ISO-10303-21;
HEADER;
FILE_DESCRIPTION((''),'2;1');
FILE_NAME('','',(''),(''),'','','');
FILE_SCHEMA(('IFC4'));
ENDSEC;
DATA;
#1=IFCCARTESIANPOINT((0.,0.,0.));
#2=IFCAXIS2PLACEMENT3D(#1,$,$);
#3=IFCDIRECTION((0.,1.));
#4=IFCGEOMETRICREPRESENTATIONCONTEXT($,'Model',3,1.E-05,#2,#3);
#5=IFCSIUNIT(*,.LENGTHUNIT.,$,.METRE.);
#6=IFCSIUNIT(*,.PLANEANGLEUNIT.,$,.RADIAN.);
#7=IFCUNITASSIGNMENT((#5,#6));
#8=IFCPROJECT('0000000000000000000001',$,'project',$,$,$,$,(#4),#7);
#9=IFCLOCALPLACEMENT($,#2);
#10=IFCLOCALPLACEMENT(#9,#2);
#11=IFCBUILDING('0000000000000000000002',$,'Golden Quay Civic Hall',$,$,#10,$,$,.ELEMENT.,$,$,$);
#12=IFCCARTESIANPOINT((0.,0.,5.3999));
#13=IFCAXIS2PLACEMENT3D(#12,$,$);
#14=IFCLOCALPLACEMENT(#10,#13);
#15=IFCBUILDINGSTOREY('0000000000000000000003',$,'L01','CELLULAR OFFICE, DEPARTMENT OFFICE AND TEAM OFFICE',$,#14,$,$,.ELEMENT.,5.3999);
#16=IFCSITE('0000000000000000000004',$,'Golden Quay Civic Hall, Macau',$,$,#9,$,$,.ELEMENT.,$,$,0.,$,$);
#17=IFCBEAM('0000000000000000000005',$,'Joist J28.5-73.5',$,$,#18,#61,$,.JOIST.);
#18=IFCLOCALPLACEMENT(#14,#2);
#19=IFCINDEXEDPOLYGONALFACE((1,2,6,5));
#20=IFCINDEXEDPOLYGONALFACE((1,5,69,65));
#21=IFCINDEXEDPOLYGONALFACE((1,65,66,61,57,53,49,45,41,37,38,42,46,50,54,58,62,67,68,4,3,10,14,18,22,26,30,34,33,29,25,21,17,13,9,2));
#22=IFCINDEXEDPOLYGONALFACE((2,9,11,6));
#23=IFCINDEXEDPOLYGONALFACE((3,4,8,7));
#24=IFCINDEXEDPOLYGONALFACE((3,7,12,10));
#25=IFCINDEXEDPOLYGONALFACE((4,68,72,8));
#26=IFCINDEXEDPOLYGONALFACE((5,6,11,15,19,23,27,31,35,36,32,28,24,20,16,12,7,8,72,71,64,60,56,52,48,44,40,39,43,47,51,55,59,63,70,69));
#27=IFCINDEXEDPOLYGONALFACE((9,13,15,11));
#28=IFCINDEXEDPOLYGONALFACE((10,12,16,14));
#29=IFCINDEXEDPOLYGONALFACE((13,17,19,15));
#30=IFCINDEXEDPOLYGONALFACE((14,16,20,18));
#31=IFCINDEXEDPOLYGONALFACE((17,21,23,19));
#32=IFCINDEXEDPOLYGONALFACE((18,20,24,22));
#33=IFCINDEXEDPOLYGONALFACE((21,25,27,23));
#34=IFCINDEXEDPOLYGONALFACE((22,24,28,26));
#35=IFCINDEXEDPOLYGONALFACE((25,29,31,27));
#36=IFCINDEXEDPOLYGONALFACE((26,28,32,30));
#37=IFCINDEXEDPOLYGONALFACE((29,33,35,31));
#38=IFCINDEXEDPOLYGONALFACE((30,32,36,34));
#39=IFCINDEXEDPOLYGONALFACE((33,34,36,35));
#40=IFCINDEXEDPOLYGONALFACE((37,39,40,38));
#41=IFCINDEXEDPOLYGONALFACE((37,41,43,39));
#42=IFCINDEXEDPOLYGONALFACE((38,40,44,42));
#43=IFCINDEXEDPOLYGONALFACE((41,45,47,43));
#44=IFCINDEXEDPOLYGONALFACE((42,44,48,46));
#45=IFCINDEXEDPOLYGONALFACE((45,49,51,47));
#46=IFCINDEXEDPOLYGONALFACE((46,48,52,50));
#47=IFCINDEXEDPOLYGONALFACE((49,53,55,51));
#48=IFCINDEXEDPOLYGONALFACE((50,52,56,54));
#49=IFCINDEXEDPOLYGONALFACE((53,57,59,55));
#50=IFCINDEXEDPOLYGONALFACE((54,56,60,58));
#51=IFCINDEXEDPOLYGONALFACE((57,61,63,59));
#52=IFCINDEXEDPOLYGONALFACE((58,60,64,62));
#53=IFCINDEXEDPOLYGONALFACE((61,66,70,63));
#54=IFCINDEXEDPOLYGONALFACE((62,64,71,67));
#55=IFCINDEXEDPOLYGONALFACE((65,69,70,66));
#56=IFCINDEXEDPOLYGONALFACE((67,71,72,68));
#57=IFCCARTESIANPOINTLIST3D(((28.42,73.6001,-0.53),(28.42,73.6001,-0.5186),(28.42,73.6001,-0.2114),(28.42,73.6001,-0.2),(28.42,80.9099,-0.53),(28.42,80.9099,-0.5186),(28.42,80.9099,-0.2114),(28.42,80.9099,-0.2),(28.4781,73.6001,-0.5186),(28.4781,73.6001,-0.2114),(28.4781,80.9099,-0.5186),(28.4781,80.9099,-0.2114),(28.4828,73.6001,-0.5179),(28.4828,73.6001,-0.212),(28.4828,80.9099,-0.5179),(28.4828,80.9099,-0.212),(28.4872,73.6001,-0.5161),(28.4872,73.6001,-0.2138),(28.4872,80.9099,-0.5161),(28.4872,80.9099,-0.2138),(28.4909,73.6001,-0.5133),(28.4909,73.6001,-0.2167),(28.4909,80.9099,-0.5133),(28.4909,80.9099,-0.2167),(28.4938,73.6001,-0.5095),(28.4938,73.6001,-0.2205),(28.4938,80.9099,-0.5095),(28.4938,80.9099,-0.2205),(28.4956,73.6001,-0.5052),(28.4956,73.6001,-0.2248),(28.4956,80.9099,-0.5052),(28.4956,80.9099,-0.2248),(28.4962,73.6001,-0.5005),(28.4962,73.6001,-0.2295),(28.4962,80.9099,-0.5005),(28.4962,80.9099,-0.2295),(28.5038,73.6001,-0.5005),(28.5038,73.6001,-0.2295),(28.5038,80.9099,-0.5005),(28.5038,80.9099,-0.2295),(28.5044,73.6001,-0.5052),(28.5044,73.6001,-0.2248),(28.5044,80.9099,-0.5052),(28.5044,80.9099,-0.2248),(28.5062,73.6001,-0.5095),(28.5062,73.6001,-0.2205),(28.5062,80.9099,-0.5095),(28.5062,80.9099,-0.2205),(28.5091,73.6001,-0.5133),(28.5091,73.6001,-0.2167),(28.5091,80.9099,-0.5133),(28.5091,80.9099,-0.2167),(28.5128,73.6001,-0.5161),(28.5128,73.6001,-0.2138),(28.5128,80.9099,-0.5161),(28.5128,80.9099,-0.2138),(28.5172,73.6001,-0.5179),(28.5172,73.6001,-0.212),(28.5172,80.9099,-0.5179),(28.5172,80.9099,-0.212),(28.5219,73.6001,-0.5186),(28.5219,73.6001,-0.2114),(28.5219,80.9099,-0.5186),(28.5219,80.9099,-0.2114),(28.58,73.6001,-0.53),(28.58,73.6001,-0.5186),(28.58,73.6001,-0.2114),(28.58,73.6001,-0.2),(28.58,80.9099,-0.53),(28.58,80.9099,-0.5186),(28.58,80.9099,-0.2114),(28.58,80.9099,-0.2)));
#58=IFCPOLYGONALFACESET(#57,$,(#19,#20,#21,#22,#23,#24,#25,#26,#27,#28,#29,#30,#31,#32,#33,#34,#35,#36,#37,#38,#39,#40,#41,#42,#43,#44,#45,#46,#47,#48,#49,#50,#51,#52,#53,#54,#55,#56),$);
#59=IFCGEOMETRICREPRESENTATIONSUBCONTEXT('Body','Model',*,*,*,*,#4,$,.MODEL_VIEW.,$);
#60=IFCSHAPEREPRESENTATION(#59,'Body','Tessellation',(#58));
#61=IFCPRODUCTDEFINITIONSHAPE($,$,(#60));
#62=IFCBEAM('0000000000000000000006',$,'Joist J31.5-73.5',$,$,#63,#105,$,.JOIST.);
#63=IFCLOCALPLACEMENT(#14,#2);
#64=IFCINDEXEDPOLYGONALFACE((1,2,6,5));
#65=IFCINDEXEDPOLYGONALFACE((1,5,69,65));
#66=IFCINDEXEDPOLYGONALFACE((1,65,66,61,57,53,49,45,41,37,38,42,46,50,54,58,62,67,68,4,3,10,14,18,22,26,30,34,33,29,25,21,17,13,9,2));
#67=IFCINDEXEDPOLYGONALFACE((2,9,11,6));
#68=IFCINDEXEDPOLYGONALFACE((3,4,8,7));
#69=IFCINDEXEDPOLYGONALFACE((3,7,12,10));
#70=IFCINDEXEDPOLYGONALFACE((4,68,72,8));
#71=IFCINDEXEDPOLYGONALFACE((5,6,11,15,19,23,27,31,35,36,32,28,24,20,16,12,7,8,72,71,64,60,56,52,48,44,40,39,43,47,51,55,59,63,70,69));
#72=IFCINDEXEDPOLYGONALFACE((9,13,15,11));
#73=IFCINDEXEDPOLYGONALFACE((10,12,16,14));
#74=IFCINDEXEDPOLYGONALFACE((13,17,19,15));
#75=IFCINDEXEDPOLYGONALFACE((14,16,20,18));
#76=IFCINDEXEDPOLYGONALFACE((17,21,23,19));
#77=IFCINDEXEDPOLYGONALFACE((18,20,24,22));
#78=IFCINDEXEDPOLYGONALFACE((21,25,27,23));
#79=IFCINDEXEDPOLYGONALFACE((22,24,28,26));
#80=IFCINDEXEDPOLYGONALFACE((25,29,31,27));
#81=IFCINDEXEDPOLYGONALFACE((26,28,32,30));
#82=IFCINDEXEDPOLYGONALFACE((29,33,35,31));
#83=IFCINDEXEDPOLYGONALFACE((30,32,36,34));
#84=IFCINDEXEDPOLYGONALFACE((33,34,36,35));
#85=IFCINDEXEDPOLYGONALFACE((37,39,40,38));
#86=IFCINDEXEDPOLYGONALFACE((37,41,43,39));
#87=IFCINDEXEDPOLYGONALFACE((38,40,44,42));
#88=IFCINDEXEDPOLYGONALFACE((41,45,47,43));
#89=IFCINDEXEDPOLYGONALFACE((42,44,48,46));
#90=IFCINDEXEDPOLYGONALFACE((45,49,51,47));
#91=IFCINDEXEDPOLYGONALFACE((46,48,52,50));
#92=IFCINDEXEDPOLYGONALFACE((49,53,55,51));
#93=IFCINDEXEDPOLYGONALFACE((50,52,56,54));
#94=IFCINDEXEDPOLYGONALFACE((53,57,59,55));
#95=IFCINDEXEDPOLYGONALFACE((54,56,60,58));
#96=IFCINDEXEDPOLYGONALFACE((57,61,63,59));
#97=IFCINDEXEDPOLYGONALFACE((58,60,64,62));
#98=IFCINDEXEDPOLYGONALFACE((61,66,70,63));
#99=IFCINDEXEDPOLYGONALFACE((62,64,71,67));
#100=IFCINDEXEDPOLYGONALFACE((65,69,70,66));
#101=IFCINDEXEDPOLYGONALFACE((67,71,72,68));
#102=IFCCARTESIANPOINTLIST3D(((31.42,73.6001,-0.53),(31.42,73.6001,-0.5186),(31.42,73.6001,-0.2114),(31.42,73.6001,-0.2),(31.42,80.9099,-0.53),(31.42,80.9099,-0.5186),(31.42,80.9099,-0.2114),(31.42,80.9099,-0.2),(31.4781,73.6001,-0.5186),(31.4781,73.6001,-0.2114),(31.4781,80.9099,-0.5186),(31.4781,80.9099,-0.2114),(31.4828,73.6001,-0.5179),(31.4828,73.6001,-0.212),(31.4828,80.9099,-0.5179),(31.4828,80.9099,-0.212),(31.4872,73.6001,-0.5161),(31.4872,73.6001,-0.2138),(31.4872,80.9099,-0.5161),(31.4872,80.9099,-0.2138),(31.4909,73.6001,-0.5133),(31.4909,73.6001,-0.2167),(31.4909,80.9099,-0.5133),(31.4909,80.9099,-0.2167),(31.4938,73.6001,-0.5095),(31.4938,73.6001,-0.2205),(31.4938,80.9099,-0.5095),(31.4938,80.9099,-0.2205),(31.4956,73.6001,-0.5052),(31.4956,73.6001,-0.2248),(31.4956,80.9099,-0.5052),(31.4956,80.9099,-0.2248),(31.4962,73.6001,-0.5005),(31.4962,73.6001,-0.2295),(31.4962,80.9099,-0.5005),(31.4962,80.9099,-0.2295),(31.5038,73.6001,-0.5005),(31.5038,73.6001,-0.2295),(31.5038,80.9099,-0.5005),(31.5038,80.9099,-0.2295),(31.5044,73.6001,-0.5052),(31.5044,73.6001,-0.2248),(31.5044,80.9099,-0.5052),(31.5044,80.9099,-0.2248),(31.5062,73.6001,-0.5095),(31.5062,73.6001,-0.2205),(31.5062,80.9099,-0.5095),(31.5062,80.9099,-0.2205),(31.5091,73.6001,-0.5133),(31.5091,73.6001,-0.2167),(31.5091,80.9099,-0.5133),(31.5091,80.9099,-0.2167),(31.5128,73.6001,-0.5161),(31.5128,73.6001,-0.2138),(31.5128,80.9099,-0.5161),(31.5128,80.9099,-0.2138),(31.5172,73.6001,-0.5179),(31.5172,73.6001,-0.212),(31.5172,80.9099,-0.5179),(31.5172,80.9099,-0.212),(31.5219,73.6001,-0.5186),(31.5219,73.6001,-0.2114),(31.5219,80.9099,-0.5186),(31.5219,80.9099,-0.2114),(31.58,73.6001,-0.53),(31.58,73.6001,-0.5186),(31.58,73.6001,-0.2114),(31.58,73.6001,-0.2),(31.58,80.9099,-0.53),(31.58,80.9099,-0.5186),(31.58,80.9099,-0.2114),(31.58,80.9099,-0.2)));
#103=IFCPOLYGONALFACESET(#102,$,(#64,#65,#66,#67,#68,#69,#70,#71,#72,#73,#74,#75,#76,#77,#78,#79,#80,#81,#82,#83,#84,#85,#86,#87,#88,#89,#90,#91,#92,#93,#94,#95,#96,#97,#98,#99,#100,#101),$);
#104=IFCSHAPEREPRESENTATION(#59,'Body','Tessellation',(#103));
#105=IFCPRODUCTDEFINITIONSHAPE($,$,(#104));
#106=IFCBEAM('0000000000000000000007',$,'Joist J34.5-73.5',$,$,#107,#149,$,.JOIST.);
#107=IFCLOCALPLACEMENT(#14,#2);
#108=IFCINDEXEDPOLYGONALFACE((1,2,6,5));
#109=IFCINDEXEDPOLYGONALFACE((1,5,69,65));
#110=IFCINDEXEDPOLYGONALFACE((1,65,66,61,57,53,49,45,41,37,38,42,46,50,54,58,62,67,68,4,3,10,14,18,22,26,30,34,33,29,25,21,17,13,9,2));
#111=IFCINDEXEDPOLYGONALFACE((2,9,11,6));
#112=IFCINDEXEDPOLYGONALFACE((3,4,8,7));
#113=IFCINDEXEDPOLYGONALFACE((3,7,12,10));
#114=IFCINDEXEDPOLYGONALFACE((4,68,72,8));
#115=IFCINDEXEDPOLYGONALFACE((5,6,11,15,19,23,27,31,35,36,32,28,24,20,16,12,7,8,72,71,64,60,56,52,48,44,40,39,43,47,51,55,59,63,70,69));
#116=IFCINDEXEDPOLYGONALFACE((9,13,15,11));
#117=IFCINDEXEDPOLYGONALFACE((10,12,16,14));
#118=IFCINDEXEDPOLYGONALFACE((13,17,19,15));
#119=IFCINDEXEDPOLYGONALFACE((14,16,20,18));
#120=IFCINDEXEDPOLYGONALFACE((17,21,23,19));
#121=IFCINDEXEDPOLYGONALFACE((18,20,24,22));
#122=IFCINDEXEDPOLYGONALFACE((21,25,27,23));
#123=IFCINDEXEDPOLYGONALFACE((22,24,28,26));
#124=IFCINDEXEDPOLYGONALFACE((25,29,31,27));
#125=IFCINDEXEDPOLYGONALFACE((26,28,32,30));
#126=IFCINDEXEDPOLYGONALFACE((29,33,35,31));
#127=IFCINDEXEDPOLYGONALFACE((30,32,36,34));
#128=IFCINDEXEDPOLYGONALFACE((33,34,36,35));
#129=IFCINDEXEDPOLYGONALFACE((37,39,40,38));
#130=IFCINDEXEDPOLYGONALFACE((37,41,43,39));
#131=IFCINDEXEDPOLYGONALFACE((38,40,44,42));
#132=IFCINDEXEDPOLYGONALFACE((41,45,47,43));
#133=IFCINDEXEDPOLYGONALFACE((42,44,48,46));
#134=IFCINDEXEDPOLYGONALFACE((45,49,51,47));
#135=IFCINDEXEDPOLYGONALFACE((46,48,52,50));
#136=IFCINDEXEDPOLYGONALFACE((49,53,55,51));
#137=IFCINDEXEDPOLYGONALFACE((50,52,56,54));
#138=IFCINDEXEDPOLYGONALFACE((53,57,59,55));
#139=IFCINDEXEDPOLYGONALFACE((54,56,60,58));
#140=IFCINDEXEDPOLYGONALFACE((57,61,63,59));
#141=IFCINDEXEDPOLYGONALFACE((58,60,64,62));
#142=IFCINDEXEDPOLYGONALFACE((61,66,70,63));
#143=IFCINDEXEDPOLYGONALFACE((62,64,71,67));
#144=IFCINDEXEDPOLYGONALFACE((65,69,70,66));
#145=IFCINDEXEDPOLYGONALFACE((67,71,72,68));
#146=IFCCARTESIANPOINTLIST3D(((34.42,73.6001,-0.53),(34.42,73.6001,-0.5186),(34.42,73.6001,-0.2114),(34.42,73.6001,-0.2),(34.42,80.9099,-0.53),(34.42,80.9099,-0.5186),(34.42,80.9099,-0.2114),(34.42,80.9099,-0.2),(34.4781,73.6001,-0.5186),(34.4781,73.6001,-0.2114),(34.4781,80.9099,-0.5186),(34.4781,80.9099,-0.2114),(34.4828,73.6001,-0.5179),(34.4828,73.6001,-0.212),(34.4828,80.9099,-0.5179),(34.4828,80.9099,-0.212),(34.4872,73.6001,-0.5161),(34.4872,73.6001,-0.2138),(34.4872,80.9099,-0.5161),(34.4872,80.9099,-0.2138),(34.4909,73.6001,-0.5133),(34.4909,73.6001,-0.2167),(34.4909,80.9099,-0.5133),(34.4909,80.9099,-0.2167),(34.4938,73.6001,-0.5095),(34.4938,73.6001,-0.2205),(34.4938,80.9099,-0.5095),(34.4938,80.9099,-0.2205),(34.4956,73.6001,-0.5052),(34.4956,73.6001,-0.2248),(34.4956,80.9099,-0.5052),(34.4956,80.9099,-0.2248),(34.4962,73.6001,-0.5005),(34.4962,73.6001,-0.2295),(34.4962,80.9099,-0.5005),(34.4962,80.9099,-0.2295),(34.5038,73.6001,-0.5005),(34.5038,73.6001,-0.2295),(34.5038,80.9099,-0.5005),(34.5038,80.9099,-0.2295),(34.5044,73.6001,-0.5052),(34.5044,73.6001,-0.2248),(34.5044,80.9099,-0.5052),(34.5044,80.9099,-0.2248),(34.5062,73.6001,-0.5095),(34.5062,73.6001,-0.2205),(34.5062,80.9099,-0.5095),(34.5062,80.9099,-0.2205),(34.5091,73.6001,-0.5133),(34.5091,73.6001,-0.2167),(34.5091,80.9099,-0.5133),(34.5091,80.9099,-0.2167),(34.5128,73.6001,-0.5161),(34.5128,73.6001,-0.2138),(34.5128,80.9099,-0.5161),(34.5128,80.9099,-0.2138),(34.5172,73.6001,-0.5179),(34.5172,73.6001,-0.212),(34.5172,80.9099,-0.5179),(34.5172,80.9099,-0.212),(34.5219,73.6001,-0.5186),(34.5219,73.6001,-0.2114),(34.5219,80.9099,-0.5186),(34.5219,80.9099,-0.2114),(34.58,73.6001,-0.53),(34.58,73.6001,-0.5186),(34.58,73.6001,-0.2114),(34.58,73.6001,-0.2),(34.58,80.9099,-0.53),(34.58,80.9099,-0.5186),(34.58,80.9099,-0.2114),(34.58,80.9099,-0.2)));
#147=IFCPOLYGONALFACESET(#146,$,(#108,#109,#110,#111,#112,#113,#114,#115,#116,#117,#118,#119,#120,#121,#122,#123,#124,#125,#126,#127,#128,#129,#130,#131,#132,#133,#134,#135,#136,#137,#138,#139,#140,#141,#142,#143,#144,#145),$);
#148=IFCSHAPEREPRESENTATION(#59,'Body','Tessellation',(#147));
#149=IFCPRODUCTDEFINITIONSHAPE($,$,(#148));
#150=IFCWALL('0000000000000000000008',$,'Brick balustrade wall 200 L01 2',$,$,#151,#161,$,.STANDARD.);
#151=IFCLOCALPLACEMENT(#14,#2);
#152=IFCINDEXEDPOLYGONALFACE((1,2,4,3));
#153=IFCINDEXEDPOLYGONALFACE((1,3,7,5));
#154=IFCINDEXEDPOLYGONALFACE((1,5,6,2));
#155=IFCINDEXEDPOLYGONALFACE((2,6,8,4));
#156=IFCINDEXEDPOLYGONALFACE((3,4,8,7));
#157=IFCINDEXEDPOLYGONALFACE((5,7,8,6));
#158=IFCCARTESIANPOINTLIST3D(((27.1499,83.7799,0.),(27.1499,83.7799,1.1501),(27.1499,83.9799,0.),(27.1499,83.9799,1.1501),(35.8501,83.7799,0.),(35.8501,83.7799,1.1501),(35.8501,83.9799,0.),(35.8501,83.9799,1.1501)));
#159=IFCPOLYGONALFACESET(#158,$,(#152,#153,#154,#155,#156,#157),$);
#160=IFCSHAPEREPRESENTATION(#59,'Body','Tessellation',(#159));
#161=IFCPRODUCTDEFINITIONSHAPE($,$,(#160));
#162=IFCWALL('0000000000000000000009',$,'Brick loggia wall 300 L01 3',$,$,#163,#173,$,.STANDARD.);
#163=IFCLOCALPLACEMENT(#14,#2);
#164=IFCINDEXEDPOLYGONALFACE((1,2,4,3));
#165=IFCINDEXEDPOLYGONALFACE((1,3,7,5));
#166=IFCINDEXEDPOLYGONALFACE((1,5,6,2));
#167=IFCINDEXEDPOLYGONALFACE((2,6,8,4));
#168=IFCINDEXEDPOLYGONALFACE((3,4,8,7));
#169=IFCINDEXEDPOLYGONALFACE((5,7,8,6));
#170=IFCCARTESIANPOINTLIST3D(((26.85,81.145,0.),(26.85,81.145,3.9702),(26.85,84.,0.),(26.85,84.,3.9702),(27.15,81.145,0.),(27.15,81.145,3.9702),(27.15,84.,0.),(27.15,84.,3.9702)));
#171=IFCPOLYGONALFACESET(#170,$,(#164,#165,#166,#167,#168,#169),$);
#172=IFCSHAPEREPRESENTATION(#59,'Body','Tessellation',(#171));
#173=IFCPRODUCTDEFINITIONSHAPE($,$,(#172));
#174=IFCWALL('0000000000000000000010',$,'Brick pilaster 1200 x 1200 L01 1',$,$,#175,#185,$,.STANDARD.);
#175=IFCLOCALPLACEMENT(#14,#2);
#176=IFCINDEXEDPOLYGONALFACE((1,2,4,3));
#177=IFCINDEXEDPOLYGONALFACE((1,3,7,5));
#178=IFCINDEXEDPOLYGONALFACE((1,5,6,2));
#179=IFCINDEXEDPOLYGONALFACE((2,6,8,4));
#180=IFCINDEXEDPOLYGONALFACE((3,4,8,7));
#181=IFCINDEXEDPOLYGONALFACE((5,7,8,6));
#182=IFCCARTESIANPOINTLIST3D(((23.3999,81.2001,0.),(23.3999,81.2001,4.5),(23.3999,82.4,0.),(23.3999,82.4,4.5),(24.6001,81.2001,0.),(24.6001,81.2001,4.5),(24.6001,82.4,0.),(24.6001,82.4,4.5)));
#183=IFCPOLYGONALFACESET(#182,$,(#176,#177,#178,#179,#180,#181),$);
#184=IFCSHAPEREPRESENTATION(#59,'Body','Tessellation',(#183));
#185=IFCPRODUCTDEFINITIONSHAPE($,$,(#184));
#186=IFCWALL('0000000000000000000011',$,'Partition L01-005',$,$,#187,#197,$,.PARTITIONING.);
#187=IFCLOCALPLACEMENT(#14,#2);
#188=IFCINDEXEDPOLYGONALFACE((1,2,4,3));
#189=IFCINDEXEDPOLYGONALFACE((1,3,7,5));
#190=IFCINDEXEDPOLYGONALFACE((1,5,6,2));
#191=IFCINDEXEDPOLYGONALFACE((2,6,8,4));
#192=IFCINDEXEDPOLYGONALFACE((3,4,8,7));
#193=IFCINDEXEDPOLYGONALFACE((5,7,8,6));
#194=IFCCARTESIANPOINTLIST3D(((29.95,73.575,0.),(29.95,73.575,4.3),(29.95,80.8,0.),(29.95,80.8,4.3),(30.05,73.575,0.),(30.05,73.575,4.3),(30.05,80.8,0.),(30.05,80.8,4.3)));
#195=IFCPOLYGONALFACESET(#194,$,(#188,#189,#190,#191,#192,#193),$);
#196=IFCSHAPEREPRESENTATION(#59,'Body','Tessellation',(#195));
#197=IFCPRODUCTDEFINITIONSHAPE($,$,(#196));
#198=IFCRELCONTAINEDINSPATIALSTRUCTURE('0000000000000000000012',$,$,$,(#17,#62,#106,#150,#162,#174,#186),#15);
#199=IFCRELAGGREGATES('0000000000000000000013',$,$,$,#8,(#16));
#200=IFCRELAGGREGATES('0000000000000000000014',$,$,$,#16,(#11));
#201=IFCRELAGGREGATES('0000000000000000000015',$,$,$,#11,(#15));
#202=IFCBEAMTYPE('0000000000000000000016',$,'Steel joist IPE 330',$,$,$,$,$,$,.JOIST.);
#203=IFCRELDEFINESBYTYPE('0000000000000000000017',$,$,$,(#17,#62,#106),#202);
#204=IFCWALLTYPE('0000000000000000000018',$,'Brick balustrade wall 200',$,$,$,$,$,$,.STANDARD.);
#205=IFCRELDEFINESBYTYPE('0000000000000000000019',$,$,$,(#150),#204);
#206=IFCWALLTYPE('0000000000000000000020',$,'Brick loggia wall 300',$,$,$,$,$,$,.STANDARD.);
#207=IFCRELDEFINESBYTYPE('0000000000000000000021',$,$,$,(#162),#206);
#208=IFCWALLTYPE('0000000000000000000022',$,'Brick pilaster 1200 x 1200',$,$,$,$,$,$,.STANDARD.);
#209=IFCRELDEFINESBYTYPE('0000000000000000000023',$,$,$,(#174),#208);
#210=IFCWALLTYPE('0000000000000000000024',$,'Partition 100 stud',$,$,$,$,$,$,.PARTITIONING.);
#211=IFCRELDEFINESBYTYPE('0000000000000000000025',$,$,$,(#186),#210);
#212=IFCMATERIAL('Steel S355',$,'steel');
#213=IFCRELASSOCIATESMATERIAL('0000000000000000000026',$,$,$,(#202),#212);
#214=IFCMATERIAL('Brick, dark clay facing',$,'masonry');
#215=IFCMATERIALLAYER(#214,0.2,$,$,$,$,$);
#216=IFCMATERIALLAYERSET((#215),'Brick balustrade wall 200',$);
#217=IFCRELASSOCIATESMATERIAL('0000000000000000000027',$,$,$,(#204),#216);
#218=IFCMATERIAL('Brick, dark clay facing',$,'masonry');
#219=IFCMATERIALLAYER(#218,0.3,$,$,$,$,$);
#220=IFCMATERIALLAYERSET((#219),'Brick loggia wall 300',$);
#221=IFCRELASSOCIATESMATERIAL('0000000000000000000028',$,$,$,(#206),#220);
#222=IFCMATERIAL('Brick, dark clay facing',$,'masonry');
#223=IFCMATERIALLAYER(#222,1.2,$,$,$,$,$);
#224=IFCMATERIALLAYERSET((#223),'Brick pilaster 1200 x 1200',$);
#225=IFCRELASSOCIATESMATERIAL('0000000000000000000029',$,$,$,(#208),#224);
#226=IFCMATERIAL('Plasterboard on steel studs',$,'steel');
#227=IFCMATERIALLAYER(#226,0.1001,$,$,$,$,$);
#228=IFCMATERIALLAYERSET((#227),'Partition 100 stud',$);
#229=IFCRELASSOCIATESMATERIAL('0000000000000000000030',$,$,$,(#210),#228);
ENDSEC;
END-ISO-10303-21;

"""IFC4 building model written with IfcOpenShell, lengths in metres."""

from ifc_helpers import new_model, si_unit, direction, frame, frame_2d, origin, origin_2d, place, context, subcontext, project, spatial, rectangle, i_section, extrude, material, layer, layer_set, material_profile, profile_set, type_object, element, save


model = new_model("IFC4")

# Units and contexts
model_context = context("Model", 3, precision=1e-05, world=origin(), true_north=direction((0.0, 1.0)))
body_context = subcontext(model_context, "Body", "Model", "MODEL_VIEW")
ifc_project = project(units=[si_unit("LENGTHUNIT", "METRE"), si_unit("PLANEANGLEUNIT", "RADIAN")], contexts=[model_context])

# Site, building, storey
site_placement = place(None, origin())
site = spatial("IfcSite", under=ifc_project, at=site_placement, Name="Golden Quay Civic Hall, Macau", CompositionType="ELEMENT", RefElevation=0.0)
building_placement = place(site_placement, origin())
building = spatial("IfcBuilding", under=site, at=building_placement, Name="Golden Quay Civic Hall", CompositionType="ELEMENT")
storey_placement = place(building_placement, frame((0.0, 0.0, 5.3999)))
storey = spatial("IfcBuildingStorey", under=building, at=storey_placement, Name="L01", Description="CELLULAR OFFICE, DEPARTMENT OFFICE AND TEAM OFFICE", CompositionType="ELEMENT", Elevation=5.3999)

# Beams
ifc_material_1 = material(Name="Steel S355", Category="steel")
ifc_material_profile_1 = material_profile(ifc_material_1, i_section(OverallWidth=0.1599, OverallDepth=0.3301, WebThickness=0.0076, FlangeThickness=0.0115, FilletRadius=0.0181, at=origin_2d()), Name="IPE 330")
ifc_profile_set_1 = profile_set([ifc_material_profile_1], Name="Steel S355")
beam_type_1 = type_object("IfcBeamType", Name="Steel joist IPE 330", PredefinedType="JOIST", material=ifc_profile_set_1)
for number, where, z_axis, x_axis, name in (
    (1, (28.5, 73.6001, -0.365), (0.0, 1.0, 0.0), (-1.0, 0.0, 0.0), "Joist J28.5-73.5"),
    (2, (31.5, 73.6001, -0.365), (0.0, 1.0, 0.0), (-1.0, 0.0, 0.0), "Joist J31.5-73.5"),
    (3, (34.5, 73.6001, -0.365), (0.0, 1.0, 0.0), (-1.0, 0.0, 0.0), "Joist J34.5-73.5"),
):
    element("IfcBeam", number, at=place(storey_placement, frame(where, z_axis=z_axis, x_axis=x_axis)), inside=storey, type_object=beam_type_1, Name=name, PredefinedType="JOIST", context=body_context, shape_type="SweptSolid", body=[
        extrude(i_section(OverallWidth=0.1599, OverallDepth=0.3301, WebThickness=0.0076, FlangeThickness=0.0115, FilletRadius=0.0181, at=origin_2d()), origin(), (0.0, 0.0, 1.0), 7.3098),
    ])

# Wall
ifc_material_2 = material(Name="Brick, dark clay facing", Category="masonry")
ifc_layer_1 = layer(ifc_material_2, 0.2)
ifc_layer_set_1 = layer_set([ifc_layer_1], Name="Brick balustrade wall 200")
wall_type_1 = type_object("IfcWallType", Name="Brick balustrade wall 200", PredefinedType="STANDARD", material=ifc_layer_set_1)
wall_1_placement = place(storey_placement, frame((27.1499, 83.8799, 0.0), z_axis=(0.0, 0.0, 1.0), x_axis=(1.0, 0.0, 0.0)))
element("IfcWall", 4, at=wall_1_placement, inside=storey, type_object=wall_type_1, Name="Brick balustrade wall 200 L01 2", PredefinedType="STANDARD", context=body_context, shape_type="SweptSolid", body=[
    extrude(rectangle(XDim=8.7002, YDim=0.2, at=frame_2d((4.3501, 0.0))), origin(), (0.0, 0.0, 1.0), 1.1501),
])

# Walls
ifc_material_3 = material(Name="Brick, dark clay facing", Category="masonry")
ifc_layer_2 = layer(ifc_material_3, 0.3)
ifc_layer_set_2 = layer_set([ifc_layer_2], Name="Brick loggia wall 300")
wall_type_2 = type_object("IfcWallType", Name="Brick loggia wall 300", PredefinedType="STANDARD", material=ifc_layer_set_2)
wall_2_placement = place(storey_placement, frame((27.0, 81.145, 0.0), z_axis=(0.0, 0.0, 1.0), x_axis=(0.0, 1.0, 0.0)))
element("IfcWall", 5, at=wall_2_placement, inside=storey, type_object=wall_type_2, Name="Brick loggia wall 300 L01 3", PredefinedType="STANDARD", context=body_context, shape_type="SweptSolid", body=[
    extrude(rectangle(XDim=2.855, YDim=0.3, at=frame_2d((1.4275, 0.0))), origin(), (0.0, 0.0, 1.0), 3.9702),
])
ifc_material_4 = material(Name="Brick, dark clay facing", Category="masonry")
ifc_layer_3 = layer(ifc_material_4, 1.2)
ifc_layer_set_3 = layer_set([ifc_layer_3], Name="Brick pilaster 1200 x 1200")
wall_type_3 = type_object("IfcWallType", Name="Brick pilaster 1200 x 1200", PredefinedType="STANDARD", material=ifc_layer_set_3)
wall_3_placement = place(storey_placement, frame((23.3999, 81.8, 0.0), z_axis=(0.0, 0.0, 1.0), x_axis=(1.0, 0.0, 0.0)))
element("IfcWall", 6, at=wall_3_placement, inside=storey, type_object=wall_type_3, Name="Brick pilaster 1200 x 1200 L01 1", PredefinedType="STANDARD", context=body_context, shape_type="SweptSolid", body=[
    extrude(rectangle(XDim=1.2002, YDim=1.2, at=frame_2d((0.6001, 0.0))), origin(), (0.0, 0.0, 1.0), 4.5),
])
ifc_material_5 = material(Name="Plasterboard on steel studs", Category="steel")
ifc_layer_4 = layer(ifc_material_5, 0.1001)
ifc_layer_set_4 = layer_set([ifc_layer_4], Name="Partition 100 stud")
wall_type_4 = type_object("IfcWallType", Name="Partition 100 stud", PredefinedType="PARTITIONING", material=ifc_layer_set_4)
for number, where, z_axis, x_axis, name in (
    (7, (30.0, 73.575, 0.0), (0.0, 0.0, 1.0), (0.0, 1.0, 0.0), "Partition L01-005"),
):
    element("IfcWall", number, at=place(storey_placement, frame(where, z_axis=z_axis, x_axis=x_axis)), inside=storey, type_object=wall_type_4, Name=name, PredefinedType="PARTITIONING", context=body_context, shape_type="SweptSolid", body=[
        extrude(rectangle(XDim=7.2251, YDim=0.1001, at=frame_2d((3.6125, 0.0))), origin(), (0.0, 0.0, 1.0), 4.3),
    ])

save(model, "model.ifc")
